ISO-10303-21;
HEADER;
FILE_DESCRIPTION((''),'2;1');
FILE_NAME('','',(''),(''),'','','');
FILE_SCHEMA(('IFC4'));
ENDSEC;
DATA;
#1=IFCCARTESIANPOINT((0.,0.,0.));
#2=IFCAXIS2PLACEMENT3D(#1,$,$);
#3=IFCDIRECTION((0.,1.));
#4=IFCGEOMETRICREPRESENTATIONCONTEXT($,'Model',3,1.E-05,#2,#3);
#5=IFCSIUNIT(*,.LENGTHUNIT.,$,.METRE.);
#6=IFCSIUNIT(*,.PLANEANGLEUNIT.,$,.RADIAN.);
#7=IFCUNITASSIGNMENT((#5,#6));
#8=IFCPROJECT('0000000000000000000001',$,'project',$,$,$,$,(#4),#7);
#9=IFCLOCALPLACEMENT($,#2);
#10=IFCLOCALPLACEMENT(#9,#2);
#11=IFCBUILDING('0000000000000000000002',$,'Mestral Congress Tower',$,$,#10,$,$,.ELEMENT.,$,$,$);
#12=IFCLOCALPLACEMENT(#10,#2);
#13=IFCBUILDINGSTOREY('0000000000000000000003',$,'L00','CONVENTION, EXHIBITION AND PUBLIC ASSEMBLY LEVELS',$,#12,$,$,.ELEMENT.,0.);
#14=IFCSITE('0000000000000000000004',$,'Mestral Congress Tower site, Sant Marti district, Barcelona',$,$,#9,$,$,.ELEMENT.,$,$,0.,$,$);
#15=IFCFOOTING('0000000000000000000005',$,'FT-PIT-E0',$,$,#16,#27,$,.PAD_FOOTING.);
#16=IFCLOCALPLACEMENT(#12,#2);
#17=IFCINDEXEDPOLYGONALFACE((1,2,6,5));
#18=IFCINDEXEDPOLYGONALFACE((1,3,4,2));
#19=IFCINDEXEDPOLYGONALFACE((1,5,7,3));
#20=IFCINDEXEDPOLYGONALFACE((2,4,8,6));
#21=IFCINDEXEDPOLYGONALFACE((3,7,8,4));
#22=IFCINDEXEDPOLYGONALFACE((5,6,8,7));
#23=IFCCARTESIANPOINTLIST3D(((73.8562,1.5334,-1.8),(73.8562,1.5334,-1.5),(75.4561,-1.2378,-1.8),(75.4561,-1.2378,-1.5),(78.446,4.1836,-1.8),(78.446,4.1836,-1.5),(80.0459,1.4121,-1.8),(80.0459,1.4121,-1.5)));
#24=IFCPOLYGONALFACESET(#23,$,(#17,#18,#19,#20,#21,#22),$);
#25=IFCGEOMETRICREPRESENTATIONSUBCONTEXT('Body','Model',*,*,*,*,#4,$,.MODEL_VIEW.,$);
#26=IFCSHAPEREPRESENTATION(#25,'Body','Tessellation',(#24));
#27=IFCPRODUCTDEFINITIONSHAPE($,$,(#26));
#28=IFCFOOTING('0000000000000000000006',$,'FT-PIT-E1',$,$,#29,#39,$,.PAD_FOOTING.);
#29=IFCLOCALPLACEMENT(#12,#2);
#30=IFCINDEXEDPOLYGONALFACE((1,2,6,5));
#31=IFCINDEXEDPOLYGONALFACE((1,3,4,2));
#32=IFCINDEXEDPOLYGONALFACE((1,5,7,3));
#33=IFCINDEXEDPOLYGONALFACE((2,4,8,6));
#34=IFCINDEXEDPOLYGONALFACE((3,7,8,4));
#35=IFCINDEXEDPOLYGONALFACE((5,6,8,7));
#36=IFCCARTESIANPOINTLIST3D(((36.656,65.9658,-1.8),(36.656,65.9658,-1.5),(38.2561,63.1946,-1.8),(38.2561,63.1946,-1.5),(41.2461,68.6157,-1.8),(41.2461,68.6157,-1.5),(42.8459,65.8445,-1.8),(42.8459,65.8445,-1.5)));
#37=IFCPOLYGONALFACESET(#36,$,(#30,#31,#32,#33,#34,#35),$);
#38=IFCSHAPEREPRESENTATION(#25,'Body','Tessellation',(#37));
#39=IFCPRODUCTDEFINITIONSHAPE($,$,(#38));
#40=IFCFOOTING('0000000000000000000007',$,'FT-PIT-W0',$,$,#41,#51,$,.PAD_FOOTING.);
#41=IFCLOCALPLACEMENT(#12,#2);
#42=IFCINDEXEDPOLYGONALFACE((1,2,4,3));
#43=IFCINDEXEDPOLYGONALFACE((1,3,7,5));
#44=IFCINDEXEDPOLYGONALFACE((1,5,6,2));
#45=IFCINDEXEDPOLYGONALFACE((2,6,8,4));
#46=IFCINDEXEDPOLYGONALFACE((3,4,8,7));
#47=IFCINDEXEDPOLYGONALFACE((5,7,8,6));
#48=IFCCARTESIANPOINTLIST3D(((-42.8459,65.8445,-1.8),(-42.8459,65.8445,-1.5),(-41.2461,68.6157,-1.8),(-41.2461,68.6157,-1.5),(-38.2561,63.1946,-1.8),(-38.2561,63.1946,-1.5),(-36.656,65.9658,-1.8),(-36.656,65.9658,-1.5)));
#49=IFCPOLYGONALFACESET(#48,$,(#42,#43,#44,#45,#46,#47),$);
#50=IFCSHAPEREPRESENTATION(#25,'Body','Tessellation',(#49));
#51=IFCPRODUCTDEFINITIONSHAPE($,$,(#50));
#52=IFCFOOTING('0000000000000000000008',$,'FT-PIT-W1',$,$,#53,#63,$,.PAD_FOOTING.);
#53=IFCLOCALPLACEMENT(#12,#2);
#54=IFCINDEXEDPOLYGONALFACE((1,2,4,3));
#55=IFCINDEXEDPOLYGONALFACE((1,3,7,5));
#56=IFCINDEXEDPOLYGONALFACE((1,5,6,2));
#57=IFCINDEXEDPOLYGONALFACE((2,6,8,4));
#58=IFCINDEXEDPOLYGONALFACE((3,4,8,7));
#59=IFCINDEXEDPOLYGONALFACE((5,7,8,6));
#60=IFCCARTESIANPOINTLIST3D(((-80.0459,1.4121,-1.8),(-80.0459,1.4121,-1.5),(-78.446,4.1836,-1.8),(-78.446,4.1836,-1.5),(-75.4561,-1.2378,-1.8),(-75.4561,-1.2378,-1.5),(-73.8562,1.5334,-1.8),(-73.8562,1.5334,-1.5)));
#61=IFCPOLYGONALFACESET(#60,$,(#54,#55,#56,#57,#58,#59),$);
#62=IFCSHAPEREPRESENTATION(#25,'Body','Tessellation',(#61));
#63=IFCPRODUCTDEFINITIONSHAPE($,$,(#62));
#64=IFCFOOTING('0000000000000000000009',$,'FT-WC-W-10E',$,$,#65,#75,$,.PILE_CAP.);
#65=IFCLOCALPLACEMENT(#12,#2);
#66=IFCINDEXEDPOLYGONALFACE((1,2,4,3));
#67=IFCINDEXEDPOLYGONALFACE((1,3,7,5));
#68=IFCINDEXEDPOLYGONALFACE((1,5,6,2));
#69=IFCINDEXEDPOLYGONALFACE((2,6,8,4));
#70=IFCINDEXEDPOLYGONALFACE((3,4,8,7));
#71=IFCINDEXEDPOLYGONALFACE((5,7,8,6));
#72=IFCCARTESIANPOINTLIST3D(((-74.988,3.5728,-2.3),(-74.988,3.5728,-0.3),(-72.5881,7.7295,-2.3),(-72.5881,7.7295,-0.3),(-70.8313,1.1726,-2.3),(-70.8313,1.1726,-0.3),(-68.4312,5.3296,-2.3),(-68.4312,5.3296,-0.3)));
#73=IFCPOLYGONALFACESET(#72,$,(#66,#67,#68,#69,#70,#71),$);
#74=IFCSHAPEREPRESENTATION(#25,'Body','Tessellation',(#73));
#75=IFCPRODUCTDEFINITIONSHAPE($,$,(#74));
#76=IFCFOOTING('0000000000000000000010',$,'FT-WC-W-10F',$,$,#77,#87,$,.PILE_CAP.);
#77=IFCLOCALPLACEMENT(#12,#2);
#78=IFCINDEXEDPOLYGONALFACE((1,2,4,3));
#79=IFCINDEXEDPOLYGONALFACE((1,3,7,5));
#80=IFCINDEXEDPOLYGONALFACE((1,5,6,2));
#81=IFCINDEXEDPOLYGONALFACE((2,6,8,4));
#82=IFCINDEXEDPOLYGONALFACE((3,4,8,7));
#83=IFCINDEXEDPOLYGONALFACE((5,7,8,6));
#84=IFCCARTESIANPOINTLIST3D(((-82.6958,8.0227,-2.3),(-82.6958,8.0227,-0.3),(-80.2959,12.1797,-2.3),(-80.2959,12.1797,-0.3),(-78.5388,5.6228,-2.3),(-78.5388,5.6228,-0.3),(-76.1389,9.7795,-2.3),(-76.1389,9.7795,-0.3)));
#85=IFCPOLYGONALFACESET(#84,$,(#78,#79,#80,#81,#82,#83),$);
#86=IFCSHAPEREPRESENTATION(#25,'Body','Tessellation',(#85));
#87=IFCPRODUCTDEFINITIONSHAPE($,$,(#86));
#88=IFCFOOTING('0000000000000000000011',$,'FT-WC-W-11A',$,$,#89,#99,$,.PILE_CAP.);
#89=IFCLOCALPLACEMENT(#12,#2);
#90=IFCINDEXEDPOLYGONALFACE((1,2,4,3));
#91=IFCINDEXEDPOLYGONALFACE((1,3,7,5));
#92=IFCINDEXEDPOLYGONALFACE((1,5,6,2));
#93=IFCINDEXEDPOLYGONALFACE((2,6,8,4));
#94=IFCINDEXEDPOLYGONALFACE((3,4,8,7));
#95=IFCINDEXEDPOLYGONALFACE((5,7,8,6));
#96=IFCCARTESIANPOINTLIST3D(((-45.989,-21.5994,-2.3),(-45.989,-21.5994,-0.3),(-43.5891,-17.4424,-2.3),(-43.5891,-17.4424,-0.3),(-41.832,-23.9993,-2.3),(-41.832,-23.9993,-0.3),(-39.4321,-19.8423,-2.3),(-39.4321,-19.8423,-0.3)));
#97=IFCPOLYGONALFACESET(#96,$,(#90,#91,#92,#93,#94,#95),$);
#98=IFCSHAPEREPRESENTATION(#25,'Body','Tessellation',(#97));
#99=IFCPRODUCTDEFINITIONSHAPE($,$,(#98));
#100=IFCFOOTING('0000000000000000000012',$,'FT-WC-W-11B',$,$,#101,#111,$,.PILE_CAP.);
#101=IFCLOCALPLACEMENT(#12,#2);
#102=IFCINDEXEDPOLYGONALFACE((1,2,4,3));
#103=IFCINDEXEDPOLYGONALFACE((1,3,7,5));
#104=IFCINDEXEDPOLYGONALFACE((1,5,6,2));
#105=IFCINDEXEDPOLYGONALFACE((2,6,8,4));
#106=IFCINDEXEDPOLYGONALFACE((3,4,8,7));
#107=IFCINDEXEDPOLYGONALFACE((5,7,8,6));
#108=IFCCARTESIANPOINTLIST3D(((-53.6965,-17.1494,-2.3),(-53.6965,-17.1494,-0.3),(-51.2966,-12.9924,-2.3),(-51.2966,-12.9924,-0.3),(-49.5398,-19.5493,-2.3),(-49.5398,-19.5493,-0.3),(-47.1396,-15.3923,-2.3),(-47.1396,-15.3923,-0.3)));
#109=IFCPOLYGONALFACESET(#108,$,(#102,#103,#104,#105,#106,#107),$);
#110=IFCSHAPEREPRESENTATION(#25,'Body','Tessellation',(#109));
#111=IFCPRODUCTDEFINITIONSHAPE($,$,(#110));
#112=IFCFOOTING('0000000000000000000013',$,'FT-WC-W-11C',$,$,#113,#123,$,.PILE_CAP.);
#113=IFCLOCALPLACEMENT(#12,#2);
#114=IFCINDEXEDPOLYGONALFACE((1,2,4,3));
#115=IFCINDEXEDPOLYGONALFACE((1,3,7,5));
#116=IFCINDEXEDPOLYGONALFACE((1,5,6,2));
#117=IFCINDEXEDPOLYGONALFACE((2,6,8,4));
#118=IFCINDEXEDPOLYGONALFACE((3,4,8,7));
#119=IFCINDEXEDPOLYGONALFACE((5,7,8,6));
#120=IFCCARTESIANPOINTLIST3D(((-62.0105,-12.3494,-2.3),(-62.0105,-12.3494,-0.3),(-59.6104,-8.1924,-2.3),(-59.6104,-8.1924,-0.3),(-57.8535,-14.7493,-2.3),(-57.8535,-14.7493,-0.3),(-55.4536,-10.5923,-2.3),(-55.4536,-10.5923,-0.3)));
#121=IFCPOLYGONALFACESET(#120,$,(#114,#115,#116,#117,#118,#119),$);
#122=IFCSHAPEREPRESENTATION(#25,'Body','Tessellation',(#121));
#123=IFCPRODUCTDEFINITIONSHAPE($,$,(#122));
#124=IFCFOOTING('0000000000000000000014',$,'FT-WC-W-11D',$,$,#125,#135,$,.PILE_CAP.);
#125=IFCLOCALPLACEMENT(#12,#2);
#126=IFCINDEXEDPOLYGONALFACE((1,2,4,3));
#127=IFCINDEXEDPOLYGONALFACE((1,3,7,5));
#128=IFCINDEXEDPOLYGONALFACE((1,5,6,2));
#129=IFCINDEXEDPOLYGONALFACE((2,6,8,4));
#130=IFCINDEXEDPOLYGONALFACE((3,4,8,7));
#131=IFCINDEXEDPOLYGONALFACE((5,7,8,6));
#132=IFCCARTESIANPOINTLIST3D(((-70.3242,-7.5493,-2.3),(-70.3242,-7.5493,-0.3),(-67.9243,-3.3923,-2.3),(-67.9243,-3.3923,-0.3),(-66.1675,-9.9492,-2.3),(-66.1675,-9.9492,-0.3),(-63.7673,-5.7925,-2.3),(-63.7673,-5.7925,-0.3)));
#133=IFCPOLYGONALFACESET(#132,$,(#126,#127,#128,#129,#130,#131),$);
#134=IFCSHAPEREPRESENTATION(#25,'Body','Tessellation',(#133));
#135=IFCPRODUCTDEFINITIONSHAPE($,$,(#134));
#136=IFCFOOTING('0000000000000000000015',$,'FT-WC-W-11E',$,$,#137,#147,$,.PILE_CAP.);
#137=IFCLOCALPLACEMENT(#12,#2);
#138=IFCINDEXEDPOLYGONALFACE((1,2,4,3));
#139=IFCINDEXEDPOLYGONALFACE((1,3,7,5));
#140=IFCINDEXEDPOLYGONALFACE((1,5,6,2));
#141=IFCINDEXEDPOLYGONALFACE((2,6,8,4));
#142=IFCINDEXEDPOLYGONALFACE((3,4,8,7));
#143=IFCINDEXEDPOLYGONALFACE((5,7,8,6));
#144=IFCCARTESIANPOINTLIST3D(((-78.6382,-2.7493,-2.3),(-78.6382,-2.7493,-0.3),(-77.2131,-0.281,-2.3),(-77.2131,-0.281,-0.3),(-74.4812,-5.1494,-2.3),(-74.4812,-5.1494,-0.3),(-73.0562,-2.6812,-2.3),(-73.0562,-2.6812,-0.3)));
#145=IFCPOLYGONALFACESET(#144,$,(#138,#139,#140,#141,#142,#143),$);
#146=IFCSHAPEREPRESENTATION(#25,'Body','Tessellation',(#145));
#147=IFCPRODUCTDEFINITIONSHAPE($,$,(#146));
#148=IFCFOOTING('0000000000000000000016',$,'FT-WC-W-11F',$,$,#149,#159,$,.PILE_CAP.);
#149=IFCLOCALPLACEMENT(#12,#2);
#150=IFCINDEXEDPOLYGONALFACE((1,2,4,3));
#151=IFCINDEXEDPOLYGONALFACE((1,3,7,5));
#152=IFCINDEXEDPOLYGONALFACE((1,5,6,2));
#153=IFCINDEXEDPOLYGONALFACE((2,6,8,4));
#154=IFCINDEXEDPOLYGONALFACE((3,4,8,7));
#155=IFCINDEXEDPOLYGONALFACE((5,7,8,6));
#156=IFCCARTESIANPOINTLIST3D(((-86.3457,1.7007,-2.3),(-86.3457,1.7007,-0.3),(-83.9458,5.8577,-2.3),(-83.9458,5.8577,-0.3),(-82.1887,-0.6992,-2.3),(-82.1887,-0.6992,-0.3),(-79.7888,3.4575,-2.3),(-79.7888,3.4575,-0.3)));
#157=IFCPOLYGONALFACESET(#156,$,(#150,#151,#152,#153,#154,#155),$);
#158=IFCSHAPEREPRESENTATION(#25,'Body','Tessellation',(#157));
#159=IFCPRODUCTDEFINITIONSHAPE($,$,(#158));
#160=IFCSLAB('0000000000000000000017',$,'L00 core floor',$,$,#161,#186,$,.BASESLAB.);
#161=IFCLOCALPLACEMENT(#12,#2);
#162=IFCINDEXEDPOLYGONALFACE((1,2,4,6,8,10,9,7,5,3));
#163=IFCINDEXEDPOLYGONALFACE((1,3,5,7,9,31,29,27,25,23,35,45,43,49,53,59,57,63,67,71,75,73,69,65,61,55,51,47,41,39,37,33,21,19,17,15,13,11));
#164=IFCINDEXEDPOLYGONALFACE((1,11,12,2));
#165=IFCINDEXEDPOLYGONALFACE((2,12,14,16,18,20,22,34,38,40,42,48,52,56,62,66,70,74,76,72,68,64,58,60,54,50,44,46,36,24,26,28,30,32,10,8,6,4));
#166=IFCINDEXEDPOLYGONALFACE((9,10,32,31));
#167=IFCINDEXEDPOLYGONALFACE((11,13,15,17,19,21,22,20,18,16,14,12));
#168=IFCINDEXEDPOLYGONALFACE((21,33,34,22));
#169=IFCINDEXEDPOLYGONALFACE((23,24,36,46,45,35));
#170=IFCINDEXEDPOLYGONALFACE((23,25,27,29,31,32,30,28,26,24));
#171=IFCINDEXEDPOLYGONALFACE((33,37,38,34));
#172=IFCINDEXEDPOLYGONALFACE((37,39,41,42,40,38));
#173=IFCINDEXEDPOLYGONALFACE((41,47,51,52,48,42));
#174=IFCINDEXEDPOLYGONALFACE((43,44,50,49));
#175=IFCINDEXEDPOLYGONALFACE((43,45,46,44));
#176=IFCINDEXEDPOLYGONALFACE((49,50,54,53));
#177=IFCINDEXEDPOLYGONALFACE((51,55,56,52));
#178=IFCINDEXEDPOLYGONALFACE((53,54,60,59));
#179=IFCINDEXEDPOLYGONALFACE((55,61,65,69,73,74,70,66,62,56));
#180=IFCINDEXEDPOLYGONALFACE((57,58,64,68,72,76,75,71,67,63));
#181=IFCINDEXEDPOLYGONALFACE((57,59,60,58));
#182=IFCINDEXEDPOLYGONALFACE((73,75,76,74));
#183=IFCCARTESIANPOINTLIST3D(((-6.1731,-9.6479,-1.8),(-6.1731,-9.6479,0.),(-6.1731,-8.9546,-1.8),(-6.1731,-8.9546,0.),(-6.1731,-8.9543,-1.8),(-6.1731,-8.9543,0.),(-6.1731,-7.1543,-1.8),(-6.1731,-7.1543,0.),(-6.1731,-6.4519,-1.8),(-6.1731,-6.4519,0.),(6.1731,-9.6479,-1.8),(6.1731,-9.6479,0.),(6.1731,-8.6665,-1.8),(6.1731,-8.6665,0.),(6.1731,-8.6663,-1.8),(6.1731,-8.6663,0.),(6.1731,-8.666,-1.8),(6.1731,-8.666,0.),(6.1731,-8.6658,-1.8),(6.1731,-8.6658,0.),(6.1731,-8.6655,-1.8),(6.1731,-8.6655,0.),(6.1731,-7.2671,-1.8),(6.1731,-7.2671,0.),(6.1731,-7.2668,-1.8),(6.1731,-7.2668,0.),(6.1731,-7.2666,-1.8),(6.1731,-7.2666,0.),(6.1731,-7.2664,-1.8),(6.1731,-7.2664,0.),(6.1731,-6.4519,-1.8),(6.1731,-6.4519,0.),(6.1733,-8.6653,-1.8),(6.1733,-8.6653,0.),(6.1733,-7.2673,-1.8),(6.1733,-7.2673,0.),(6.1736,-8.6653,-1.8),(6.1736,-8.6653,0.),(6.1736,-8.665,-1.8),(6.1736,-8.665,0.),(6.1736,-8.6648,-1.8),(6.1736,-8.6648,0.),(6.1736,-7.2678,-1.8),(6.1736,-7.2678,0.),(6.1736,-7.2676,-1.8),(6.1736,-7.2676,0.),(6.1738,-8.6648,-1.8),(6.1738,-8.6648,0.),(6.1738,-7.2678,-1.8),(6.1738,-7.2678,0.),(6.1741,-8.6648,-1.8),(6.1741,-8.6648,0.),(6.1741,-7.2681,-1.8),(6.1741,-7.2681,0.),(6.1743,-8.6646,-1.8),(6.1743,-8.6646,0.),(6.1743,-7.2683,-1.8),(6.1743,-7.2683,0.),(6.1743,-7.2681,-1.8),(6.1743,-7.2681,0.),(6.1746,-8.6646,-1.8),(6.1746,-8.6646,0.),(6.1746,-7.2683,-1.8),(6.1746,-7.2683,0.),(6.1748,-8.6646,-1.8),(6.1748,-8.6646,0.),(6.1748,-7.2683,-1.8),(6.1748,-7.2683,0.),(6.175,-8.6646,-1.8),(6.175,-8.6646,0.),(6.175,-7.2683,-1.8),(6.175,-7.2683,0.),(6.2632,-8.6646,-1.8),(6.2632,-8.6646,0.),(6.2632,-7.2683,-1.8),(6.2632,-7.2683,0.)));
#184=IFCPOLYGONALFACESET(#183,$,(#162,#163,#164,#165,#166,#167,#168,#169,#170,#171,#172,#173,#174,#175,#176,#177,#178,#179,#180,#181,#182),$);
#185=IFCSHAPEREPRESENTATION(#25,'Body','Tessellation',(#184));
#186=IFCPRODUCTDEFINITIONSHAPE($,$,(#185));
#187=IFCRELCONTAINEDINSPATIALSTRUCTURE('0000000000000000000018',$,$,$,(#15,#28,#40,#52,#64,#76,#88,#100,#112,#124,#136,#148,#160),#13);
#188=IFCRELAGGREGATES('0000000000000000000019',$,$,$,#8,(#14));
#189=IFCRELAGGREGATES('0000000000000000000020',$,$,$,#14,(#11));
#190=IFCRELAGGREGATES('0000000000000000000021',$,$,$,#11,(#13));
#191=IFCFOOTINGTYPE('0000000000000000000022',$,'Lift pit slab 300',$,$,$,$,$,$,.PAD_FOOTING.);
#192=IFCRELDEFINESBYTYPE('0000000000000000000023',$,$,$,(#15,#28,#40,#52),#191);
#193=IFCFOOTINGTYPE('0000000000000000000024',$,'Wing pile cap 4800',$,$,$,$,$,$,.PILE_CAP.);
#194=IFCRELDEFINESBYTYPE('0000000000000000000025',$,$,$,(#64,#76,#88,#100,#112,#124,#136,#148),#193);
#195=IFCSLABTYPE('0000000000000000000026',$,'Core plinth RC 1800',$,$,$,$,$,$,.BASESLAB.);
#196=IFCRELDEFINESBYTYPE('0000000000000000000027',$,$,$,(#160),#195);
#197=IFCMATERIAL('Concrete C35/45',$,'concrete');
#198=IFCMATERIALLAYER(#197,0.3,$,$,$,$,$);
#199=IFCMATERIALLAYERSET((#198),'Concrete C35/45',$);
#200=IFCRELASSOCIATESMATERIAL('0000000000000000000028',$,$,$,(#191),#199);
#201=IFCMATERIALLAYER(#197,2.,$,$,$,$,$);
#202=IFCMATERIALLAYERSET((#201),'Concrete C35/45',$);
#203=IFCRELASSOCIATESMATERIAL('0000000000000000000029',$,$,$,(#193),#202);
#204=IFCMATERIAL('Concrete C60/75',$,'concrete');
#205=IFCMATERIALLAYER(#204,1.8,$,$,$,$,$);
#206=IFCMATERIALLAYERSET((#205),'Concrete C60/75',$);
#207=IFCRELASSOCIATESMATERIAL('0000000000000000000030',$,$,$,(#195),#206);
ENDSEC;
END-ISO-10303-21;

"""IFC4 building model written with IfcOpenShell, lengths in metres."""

from ifc_helpers import new_model, si_unit, direction, frame, origin, place, context, subcontext, project, spatial, polyline, outline, extrude, material, layer, layer_set, type_object, element, save


model = new_model("IFC4")

# Units and contexts
model_context = context("Model", 3, precision=1e-05, world=origin(), true_north=direction((0.0, 1.0)))
body_context = subcontext(model_context, "Body", "Model", "MODEL_VIEW")
ifc_project = project(units=[si_unit("LENGTHUNIT", "METRE"), si_unit("PLANEANGLEUNIT", "RADIAN")], contexts=[model_context])

# Site, building, storey
site_placement = place(None, origin())
site = spatial("IfcSite", under=ifc_project, at=site_placement, Name="Mestral Congress Tower site, Sant Marti district, Barcelona", CompositionType="ELEMENT", RefElevation=0.0)
building_placement = place(site_placement, origin())
building = spatial("IfcBuilding", under=site, at=building_placement, Name="Mestral Congress Tower", CompositionType="ELEMENT")
storey_placement = place(building_placement, origin())
storey = spatial("IfcBuildingStorey", under=building, at=storey_placement, Name="L00", Description="CONVENTION, EXHIBITION AND PUBLIC ASSEMBLY LEVELS", CompositionType="ELEMENT", Elevation=0.0)

# Footings
ifc_material_1 = material(Name="Concrete C35/45", Category="concrete")
ifc_layer_1 = layer(ifc_material_1, 0.3)
ifc_layer_set_1 = layer_set([ifc_layer_1], Name="Concrete C35/45")
footing_type_1 = type_object("IfcFootingType", Name="Lift pit slab 300", PredefinedType="PAD_FOOTING", material=ifc_layer_set_1)
placement_1 = place(storey_placement, frame((0.0, 0.0, -1.8)))
element("IfcFooting", 1, at=placement_1, inside=storey, type_object=footing_type_1, Name="FT-PIT-E0", PredefinedType="PAD_FOOTING", context=body_context, shape_type="SweptSolid", body=[
    extrude(outline(polyline([(73.8562, 1.5334), (75.4561, -1.2378), (80.0459, 1.4121), (78.446, 4.1836), (73.8562, 1.5334)])), origin(), (0.0, 0.0, 1.0), 0.3),
])
element("IfcFooting", 2, at=placement_1, inside=storey, type_object=footing_type_1, Name="FT-PIT-E1", PredefinedType="PAD_FOOTING", context=body_context, shape_type="SweptSolid", body=[
    extrude(outline(polyline([(36.656, 65.9658), (38.2561, 63.1946), (42.8459, 65.8445), (41.2461, 68.6157), (36.656, 65.9658)])), origin(), (0.0, 0.0, 1.0), 0.3),
])
element("IfcFooting", 3, at=placement_1, inside=storey, type_object=footing_type_1, Name="FT-PIT-W0", PredefinedType="PAD_FOOTING", context=body_context, shape_type="SweptSolid", body=[
    extrude(outline(polyline([(-38.2561, 63.1946), (-36.656, 65.9658), (-41.2461, 68.6157), (-42.8459, 65.8445), (-38.2561, 63.1946)])), origin(), (0.0, 0.0, 1.0), 0.3),
])
element("IfcFooting", 4, at=placement_1, inside=storey, type_object=footing_type_1, Name="FT-PIT-W1", PredefinedType="PAD_FOOTING", context=body_context, shape_type="SweptSolid", body=[
    extrude(outline(polyline([(-75.4561, -1.2378), (-73.8562, 1.5334), (-78.446, 4.1836), (-80.0459, 1.4121), (-75.4561, -1.2378)])), origin(), (0.0, 0.0, 1.0), 0.3),
])
ifc_layer_2 = layer(ifc_material_1, 2.0)
ifc_layer_set_2 = layer_set([ifc_layer_2], Name="Concrete C35/45")
footing_type_2 = type_object("IfcFootingType", Name="Wing pile cap 4800", PredefinedType="PILE_CAP", material=ifc_layer_set_2)
placement_2 = place(storey_placement, frame((0.0, 0.0, -2.3)))
element("IfcFooting", 5, at=placement_2, inside=storey, type_object=footing_type_2, Name="FT-WC-W-10E", PredefinedType="PILE_CAP", context=body_context, shape_type="SweptSolid", body=[
    extrude(outline(polyline([(-68.4312, 5.3296), (-72.5881, 7.7295), (-74.988, 3.5728), (-70.8313, 1.1726), (-68.4312, 5.3296)])), origin(), (0.0, 0.0, 1.0), 2.0),
])
element("IfcFooting", 6, at=placement_2, inside=storey, type_object=footing_type_2, Name="FT-WC-W-10F", PredefinedType="PILE_CAP", context=body_context, shape_type="SweptSolid", body=[
    extrude(outline(polyline([(-76.1389, 9.7795), (-80.2959, 12.1797), (-82.6958, 8.0227), (-78.5388, 5.6228), (-76.1389, 9.7795)])), origin(), (0.0, 0.0, 1.0), 2.0),
])
element("IfcFooting", 7, at=placement_2, inside=storey, type_object=footing_type_2, Name="FT-WC-W-11A", PredefinedType="PILE_CAP", context=body_context, shape_type="SweptSolid", body=[
    extrude(outline(polyline([(-39.4321, -19.8423), (-43.5891, -17.4424), (-45.989, -21.5994), (-41.832, -23.9993), (-39.4321, -19.8423)])), origin(), (0.0, 0.0, 1.0), 2.0),
])
element("IfcFooting", 8, at=placement_2, inside=storey, type_object=footing_type_2, Name="FT-WC-W-11B", PredefinedType="PILE_CAP", context=body_context, shape_type="SweptSolid", body=[
    extrude(outline(polyline([(-47.1396, -15.3923), (-51.2966, -12.9924), (-53.6965, -17.1494), (-49.5398, -19.5493), (-47.1396, -15.3923)])), origin(), (0.0, 0.0, 1.0), 2.0),
])
element("IfcFooting", 9, at=placement_2, inside=storey, type_object=footing_type_2, Name="FT-WC-W-11C", PredefinedType="PILE_CAP", context=body_context, shape_type="SweptSolid", body=[
    extrude(outline(polyline([(-55.4536, -10.5923), (-59.6104, -8.1924), (-62.0105, -12.3494), (-57.8535, -14.7493), (-55.4536, -10.5923)])), origin(), (0.0, 0.0, 1.0), 2.0),
])
element("IfcFooting", 10, at=placement_2, inside=storey, type_object=footing_type_2, Name="FT-WC-W-11D", PredefinedType="PILE_CAP", context=body_context, shape_type="SweptSolid", body=[
    extrude(outline(polyline([(-63.7673, -5.7925), (-67.9243, -3.3923), (-70.3242, -7.5493), (-66.1675, -9.9492), (-63.7673, -5.7925)])), origin(), (0.0, 0.0, 1.0), 2.0),
])
element("IfcFooting", 11, at=placement_2, inside=storey, type_object=footing_type_2, Name="FT-WC-W-11E", PredefinedType="PILE_CAP", context=body_context, shape_type="SweptSolid", body=[
    extrude(outline(polyline([(-73.0562, -2.6812), (-77.2131, -0.281), (-78.6382, -2.7493), (-74.4812, -5.1494), (-73.0562, -2.6812)])), origin(), (0.0, 0.0, 1.0), 2.0),
])
element("IfcFooting", 12, at=placement_2, inside=storey, type_object=footing_type_2, Name="FT-WC-W-11F", PredefinedType="PILE_CAP", context=body_context, shape_type="SweptSolid", body=[
    extrude(outline(polyline([(-79.7888, 3.4575), (-83.9458, 5.8577), (-86.3457, 1.7007), (-82.1887, -0.6992), (-79.7888, 3.4575)])), origin(), (0.0, 0.0, 1.0), 2.0),
])

# Slab
ifc_material_2 = material(Name="Concrete C60/75", Category="concrete")
ifc_layer_3 = layer(ifc_material_2, 1.8)
ifc_layer_set_3 = layer_set([ifc_layer_3], Name="Concrete C60/75")
slab_type = type_object("IfcSlabType", Name="Core plinth RC 1800", PredefinedType="BASESLAB", material=ifc_layer_set_3)
element("IfcSlab", 13, at=placement_1, inside=storey, type_object=slab_type, Name="L00 core floor", PredefinedType="BASESLAB", context=body_context, shape_type="SweptSolid", body=[
    extrude(outline(polyline([(-6.1731, -7.1543), (-6.1731, -7.1543), (-6.1731, -6.4519), (6.1731, -6.4519), (6.1731, -7.2664), (6.1731, -7.2666), (6.1731, -7.2666), (6.1731, -7.2668), (6.1731, -7.2671), (6.1731, -7.2671), (6.1733, -7.2673), (6.1736, -7.2676), (6.1736, -7.2676), (6.1736, -7.2678), (6.1738, -7.2678), (6.1741, -7.2681), (6.1743, -7.2681), (6.1743, -7.2683), (6.1746, -7.2683), (6.1748, -7.2683), (6.175, -7.2683), (6.2632, -7.2683), (6.2632, -8.6646), (6.175, -8.6646), (6.1748, -8.6646), (6.1746, -8.6646), (6.1743, -8.6646), (6.1743, -8.6646), (6.1741, -8.6648), (6.1738, -8.6648), (6.1736, -8.6648), (6.1736, -8.665), (6.1736, -8.6653), (6.1733, -8.6653), (6.1731, -8.6655), (6.1731, -8.6658), (6.1731, -8.666), (6.1731, -8.666), (6.1731, -8.6663), (6.1731, -8.6665), (6.1731, -9.6479), (-6.1731, -9.6479), (-6.1731, -8.9546), (-6.1731, -8.9543), (-6.1731, -7.1543)])), origin(), (0.0, 0.0, 1.0), 1.8),
])

save(model, "model.ifc")
